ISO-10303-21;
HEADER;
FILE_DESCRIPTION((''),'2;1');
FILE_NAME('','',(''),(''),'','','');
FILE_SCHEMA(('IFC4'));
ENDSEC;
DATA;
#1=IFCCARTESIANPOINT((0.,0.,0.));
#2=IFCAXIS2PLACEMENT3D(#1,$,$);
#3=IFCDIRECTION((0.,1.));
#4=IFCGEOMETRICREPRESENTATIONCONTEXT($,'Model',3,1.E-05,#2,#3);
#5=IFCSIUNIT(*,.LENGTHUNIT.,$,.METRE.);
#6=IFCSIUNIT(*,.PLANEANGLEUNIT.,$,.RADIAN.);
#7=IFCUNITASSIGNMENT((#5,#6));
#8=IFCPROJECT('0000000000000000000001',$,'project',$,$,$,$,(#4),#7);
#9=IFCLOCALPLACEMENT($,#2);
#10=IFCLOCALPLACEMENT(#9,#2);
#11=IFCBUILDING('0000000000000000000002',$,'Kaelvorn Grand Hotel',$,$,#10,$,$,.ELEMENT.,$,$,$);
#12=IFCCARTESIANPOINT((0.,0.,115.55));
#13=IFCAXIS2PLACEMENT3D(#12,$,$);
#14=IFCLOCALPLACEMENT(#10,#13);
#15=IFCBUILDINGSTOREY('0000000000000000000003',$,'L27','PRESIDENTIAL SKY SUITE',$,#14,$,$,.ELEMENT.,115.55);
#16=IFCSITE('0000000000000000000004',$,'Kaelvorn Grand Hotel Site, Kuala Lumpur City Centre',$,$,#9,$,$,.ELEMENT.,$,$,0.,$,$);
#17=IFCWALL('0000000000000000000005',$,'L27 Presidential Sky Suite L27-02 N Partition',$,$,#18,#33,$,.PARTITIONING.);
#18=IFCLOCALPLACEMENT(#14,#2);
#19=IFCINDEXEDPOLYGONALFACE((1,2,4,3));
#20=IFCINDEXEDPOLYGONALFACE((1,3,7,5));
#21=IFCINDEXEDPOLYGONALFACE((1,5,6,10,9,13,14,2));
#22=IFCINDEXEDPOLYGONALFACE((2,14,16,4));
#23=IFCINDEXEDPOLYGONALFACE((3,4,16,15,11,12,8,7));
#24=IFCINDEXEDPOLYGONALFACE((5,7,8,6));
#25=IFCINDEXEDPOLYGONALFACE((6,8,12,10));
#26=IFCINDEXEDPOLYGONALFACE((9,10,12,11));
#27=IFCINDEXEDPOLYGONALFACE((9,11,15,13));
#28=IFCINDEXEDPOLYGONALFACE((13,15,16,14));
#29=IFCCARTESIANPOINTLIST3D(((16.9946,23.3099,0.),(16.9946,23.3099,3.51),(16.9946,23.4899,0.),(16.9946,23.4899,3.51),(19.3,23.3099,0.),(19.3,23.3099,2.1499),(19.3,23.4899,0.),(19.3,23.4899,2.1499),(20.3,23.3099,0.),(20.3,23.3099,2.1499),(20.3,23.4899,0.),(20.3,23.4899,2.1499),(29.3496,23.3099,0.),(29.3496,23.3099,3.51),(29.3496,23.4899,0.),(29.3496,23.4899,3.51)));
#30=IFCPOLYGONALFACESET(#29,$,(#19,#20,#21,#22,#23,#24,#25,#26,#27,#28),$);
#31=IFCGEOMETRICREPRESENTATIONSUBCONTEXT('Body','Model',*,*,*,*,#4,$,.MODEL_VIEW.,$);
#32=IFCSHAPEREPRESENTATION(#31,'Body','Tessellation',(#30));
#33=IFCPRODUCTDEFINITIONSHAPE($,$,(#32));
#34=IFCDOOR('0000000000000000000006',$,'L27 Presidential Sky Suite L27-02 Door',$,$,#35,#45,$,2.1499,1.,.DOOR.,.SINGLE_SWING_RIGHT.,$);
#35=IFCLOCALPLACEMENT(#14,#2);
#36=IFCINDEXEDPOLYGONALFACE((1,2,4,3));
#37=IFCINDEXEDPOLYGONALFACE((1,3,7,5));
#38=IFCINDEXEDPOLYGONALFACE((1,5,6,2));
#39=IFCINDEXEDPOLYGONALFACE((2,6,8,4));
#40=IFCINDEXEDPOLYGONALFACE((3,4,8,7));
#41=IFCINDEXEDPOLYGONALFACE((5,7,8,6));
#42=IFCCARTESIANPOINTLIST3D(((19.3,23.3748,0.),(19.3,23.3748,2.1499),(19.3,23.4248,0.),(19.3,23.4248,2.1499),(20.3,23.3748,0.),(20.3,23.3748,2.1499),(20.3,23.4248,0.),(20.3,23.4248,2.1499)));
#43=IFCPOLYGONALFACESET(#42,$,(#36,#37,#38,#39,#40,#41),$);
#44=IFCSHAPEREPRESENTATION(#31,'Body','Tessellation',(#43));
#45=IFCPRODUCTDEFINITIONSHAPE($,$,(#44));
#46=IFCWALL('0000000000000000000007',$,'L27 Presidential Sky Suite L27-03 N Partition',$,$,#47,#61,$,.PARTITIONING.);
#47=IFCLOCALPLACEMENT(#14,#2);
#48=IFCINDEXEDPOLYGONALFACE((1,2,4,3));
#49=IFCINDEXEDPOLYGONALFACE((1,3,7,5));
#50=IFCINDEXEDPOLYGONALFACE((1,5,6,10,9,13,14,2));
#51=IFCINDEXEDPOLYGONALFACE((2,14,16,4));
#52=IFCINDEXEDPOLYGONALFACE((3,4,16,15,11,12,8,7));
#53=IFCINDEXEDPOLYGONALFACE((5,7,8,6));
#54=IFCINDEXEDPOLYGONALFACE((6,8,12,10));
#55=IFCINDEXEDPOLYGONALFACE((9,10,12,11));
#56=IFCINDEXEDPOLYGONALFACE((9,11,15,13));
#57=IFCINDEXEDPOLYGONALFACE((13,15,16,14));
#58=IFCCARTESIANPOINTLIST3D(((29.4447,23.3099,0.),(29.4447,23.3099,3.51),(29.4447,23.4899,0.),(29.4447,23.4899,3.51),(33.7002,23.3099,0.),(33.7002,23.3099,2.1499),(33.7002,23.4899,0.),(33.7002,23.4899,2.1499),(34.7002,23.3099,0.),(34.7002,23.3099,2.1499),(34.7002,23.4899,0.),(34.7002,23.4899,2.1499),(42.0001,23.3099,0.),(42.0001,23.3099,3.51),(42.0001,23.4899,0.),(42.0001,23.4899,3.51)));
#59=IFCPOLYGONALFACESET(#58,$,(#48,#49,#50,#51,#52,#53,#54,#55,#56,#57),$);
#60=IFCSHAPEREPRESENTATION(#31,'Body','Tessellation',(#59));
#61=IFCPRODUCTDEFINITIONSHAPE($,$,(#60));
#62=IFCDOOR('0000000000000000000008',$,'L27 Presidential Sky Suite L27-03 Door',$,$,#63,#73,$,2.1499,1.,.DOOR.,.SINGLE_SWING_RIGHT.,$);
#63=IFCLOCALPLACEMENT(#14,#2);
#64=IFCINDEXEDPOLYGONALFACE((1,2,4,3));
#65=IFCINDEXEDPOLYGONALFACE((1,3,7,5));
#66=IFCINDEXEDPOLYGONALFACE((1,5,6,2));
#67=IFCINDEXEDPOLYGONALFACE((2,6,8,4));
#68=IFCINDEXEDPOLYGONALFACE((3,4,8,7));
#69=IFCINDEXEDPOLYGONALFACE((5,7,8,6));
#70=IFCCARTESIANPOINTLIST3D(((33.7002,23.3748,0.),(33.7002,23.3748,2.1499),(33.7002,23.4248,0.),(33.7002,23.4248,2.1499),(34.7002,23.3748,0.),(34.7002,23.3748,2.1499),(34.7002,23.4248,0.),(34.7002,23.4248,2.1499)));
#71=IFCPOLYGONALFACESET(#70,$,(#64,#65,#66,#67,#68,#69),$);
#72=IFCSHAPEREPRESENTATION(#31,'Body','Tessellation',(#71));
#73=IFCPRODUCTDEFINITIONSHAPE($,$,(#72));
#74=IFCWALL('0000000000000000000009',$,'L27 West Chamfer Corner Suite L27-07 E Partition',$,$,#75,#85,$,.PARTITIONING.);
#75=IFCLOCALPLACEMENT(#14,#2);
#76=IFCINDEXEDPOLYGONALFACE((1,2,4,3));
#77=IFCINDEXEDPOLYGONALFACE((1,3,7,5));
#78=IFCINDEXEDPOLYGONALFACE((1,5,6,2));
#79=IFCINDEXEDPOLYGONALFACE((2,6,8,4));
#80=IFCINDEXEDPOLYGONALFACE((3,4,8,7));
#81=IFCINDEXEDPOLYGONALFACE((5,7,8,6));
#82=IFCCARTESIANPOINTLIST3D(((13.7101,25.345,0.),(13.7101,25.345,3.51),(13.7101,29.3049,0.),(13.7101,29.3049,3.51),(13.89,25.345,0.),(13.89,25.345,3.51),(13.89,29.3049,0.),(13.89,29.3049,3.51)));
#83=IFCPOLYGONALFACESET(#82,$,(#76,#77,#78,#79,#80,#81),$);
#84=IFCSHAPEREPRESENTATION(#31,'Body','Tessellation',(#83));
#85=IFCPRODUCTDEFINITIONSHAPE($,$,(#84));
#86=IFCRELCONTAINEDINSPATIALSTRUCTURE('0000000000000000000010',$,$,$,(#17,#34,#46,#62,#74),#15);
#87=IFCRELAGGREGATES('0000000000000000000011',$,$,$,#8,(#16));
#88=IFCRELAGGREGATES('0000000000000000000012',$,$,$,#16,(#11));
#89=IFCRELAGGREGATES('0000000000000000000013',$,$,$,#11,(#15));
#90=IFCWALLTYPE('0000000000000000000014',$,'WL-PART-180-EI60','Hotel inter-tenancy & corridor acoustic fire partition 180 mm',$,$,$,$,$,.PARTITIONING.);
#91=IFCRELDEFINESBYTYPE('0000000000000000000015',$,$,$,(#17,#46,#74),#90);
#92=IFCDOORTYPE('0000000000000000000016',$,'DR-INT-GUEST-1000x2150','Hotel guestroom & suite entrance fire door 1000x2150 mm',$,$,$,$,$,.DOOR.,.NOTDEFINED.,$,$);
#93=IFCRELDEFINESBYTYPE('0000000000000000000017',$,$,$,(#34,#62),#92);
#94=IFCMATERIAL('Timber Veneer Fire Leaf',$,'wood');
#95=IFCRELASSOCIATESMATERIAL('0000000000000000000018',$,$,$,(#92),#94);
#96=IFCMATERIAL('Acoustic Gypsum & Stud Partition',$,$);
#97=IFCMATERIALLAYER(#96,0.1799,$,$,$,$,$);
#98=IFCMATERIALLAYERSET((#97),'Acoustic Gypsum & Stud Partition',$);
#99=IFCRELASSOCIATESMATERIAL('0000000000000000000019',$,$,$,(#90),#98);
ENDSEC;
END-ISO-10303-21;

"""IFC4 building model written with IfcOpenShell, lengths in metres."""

from ifc_helpers import new_model, si_unit, direction, frame, frame_2d, origin, place, context, subcontext, project, spatial, rectangle, extrude, material, layer, layer_set, type_object, element, fill, save


model = new_model("IFC4")

# Units and contexts
model_context = context("Model", 3, precision=1e-05, world=origin(), true_north=direction((0.0, 1.0)))
body_context = subcontext(model_context, "Body", "Model", "MODEL_VIEW")
ifc_project = project(units=[si_unit("LENGTHUNIT", "METRE"), si_unit("PLANEANGLEUNIT", "RADIAN")], contexts=[model_context])

# Site, building, storey
site_placement = place(None, origin())
site = spatial("IfcSite", under=ifc_project, at=site_placement, Name="Kaelvorn Grand Hotel Site, Kuala Lumpur City Centre", CompositionType="ELEMENT", RefElevation=0.0)
building_placement = place(site_placement, origin())
building = spatial("IfcBuilding", under=site, at=building_placement, Name="Kaelvorn Grand Hotel", CompositionType="ELEMENT")
storey_placement = place(building_placement, frame((0.0, 0.0, 115.55)))
storey = spatial("IfcBuildingStorey", under=building, at=storey_placement, Name="L27", Description="PRESIDENTIAL SKY SUITE", CompositionType="ELEMENT", Elevation=115.55)

# Shared definitions
ifc_material_1 = material(Name="Acoustic Gypsum & Stud Partition")
ifc_material_2 = material(Name="Timber Veneer Fire Leaf", Category="wood")
door_type_1 = type_object("IfcDoorType", Name="DR-INT-GUEST-1000x2150", Description="Hotel guestroom & suite entrance fire door 1000x2150 mm", OperationType="NOTDEFINED", PredefinedType="DOOR", material=ifc_material_2)

# Walls, openings, doors
ifc_layer_1 = layer(ifc_material_1, 0.1799)
ifc_layer_set_1 = layer_set([ifc_layer_1], Name="Acoustic Gypsum & Stud Partition")
wall_type_1 = type_object("IfcWallType", Name="WL-PART-180-EI60", Description="Hotel inter-tenancy & corridor acoustic fire partition 180 mm", PredefinedType="PARTITIONING", material=ifc_layer_set_1)
wall_1_placement = place(storey_placement, frame((16.9946, 23.3999, 0.0), z_axis=(0.0, 0.0, 1.0), x_axis=(1.0, 0.0, 0.0)))
wall_1 = element("IfcWall", 1, at=wall_1_placement, inside=storey, type_object=wall_type_1, Name="L27 Presidential Sky Suite L27-02 N Partition", PredefinedType="PARTITIONING", context=body_context, shape_type="SweptSolid", body=[
    extrude(rectangle(XDim=12.355, YDim=0.1799, at=frame_2d((6.1775, 0.0))), origin(), (0.0, 0.0, 1.0), 3.51),
])
opening_1_placement = place(wall_1_placement, frame((2.3054, 0.0, 0.0)))
opening_1 = element("IfcOpeningElement", 2, at=opening_1_placement, cuts=wall_1, PredefinedType="OPENING", context=body_context, shape_type="SweptSolid", body=[
    extrude(rectangle(XDim=1.0, YDim=2.1499, at=frame_2d((0.5, 1.075))), frame((0.0, 0.1001, 0.0), z_axis=(0.0, -1.0, 0.0), x_axis=(1.0, 0.0, 0.0)), (0.0, 0.0, 1.0), 0.2),
])
door_1_placement = place(opening_1_placement, origin())
door_1 = element("IfcDoor", 3, at=door_1_placement, inside=storey, type_object=door_type_1, Name="L27 Presidential Sky Suite L27-02 Door", OperationType="SINGLE_SWING_RIGHT", OverallHeight=2.1499, OverallWidth=1.0, PredefinedType="DOOR", context=body_context, shape_type="SweptSolid", body=[
    extrude(rectangle(XDim=1.0, YDim=2.1499, at=frame_2d((0.5, 1.075))), frame((0.0, 0.0249, 0.0), z_axis=(0.0, -1.0, 0.0), x_axis=(1.0, 0.0, 0.0)), (0.0, 0.0, 1.0), 0.05),
])
fill(opening_1, door_1)
wall_2_placement = place(storey_placement, frame((29.4446, 23.3999, 0.0), z_axis=(0.0, 0.0, 1.0), x_axis=(1.0, 0.0, 0.0)))
wall_2 = element("IfcWall", 4, at=wall_2_placement, inside=storey, type_object=wall_type_1, Name="L27 Presidential Sky Suite L27-03 N Partition", PredefinedType="PARTITIONING", context=body_context, shape_type="SweptSolid", body=[
    extrude(rectangle(XDim=12.5554, YDim=0.1799, at=frame_2d((6.2778, 0.0))), origin(), (0.0, 0.0, 1.0), 3.51),
])
opening_2_placement = place(wall_2_placement, frame((4.2556, 0.0, 0.0)))
opening_2 = element("IfcOpeningElement", 5, at=opening_2_placement, cuts=wall_2, PredefinedType="OPENING", context=body_context, shape_type="SweptSolid", body=[
    extrude(rectangle(XDim=1.0, YDim=2.1499, at=frame_2d((0.5, 1.075))), frame((0.0, 0.1001, 0.0), z_axis=(0.0, -1.0, 0.0), x_axis=(1.0, 0.0, 0.0)), (0.0, 0.0, 1.0), 0.2),
])
door_2_placement = place(opening_2_placement, origin())
door_2 = element("IfcDoor", 6, at=door_2_placement, inside=storey, type_object=door_type_1, Name="L27 Presidential Sky Suite L27-03 Door", OperationType="SINGLE_SWING_RIGHT", OverallHeight=2.1499, OverallWidth=1.0, PredefinedType="DOOR", context=body_context, shape_type="SweptSolid", body=[
    extrude(rectangle(XDim=1.0, YDim=2.1499, at=frame_2d((0.5, 1.075))), frame((0.0, 0.0249, 0.0), z_axis=(0.0, -1.0, 0.0), x_axis=(1.0, 0.0, 0.0)), (0.0, 0.0, 1.0), 0.05),
])
fill(opening_2, door_2)

# Wall
wall_3_placement = place(storey_placement, frame((13.8, 25.345, 0.0), z_axis=(0.0, 0.0, 1.0), x_axis=(0.0, 1.0, 0.0)))
element("IfcWall", 7, at=wall_3_placement, inside=storey, type_object=wall_type_1, Name="L27 West Chamfer Corner Suite L27-07 E Partition", PredefinedType="PARTITIONING", context=body_context, shape_type="SweptSolid", body=[
    extrude(rectangle(XDim=3.96, YDim=0.1799, at=frame_2d((1.98, 0.0))), origin(), (0.0, 0.0, 1.0), 3.51),
])

save(model, "model.ifc")
